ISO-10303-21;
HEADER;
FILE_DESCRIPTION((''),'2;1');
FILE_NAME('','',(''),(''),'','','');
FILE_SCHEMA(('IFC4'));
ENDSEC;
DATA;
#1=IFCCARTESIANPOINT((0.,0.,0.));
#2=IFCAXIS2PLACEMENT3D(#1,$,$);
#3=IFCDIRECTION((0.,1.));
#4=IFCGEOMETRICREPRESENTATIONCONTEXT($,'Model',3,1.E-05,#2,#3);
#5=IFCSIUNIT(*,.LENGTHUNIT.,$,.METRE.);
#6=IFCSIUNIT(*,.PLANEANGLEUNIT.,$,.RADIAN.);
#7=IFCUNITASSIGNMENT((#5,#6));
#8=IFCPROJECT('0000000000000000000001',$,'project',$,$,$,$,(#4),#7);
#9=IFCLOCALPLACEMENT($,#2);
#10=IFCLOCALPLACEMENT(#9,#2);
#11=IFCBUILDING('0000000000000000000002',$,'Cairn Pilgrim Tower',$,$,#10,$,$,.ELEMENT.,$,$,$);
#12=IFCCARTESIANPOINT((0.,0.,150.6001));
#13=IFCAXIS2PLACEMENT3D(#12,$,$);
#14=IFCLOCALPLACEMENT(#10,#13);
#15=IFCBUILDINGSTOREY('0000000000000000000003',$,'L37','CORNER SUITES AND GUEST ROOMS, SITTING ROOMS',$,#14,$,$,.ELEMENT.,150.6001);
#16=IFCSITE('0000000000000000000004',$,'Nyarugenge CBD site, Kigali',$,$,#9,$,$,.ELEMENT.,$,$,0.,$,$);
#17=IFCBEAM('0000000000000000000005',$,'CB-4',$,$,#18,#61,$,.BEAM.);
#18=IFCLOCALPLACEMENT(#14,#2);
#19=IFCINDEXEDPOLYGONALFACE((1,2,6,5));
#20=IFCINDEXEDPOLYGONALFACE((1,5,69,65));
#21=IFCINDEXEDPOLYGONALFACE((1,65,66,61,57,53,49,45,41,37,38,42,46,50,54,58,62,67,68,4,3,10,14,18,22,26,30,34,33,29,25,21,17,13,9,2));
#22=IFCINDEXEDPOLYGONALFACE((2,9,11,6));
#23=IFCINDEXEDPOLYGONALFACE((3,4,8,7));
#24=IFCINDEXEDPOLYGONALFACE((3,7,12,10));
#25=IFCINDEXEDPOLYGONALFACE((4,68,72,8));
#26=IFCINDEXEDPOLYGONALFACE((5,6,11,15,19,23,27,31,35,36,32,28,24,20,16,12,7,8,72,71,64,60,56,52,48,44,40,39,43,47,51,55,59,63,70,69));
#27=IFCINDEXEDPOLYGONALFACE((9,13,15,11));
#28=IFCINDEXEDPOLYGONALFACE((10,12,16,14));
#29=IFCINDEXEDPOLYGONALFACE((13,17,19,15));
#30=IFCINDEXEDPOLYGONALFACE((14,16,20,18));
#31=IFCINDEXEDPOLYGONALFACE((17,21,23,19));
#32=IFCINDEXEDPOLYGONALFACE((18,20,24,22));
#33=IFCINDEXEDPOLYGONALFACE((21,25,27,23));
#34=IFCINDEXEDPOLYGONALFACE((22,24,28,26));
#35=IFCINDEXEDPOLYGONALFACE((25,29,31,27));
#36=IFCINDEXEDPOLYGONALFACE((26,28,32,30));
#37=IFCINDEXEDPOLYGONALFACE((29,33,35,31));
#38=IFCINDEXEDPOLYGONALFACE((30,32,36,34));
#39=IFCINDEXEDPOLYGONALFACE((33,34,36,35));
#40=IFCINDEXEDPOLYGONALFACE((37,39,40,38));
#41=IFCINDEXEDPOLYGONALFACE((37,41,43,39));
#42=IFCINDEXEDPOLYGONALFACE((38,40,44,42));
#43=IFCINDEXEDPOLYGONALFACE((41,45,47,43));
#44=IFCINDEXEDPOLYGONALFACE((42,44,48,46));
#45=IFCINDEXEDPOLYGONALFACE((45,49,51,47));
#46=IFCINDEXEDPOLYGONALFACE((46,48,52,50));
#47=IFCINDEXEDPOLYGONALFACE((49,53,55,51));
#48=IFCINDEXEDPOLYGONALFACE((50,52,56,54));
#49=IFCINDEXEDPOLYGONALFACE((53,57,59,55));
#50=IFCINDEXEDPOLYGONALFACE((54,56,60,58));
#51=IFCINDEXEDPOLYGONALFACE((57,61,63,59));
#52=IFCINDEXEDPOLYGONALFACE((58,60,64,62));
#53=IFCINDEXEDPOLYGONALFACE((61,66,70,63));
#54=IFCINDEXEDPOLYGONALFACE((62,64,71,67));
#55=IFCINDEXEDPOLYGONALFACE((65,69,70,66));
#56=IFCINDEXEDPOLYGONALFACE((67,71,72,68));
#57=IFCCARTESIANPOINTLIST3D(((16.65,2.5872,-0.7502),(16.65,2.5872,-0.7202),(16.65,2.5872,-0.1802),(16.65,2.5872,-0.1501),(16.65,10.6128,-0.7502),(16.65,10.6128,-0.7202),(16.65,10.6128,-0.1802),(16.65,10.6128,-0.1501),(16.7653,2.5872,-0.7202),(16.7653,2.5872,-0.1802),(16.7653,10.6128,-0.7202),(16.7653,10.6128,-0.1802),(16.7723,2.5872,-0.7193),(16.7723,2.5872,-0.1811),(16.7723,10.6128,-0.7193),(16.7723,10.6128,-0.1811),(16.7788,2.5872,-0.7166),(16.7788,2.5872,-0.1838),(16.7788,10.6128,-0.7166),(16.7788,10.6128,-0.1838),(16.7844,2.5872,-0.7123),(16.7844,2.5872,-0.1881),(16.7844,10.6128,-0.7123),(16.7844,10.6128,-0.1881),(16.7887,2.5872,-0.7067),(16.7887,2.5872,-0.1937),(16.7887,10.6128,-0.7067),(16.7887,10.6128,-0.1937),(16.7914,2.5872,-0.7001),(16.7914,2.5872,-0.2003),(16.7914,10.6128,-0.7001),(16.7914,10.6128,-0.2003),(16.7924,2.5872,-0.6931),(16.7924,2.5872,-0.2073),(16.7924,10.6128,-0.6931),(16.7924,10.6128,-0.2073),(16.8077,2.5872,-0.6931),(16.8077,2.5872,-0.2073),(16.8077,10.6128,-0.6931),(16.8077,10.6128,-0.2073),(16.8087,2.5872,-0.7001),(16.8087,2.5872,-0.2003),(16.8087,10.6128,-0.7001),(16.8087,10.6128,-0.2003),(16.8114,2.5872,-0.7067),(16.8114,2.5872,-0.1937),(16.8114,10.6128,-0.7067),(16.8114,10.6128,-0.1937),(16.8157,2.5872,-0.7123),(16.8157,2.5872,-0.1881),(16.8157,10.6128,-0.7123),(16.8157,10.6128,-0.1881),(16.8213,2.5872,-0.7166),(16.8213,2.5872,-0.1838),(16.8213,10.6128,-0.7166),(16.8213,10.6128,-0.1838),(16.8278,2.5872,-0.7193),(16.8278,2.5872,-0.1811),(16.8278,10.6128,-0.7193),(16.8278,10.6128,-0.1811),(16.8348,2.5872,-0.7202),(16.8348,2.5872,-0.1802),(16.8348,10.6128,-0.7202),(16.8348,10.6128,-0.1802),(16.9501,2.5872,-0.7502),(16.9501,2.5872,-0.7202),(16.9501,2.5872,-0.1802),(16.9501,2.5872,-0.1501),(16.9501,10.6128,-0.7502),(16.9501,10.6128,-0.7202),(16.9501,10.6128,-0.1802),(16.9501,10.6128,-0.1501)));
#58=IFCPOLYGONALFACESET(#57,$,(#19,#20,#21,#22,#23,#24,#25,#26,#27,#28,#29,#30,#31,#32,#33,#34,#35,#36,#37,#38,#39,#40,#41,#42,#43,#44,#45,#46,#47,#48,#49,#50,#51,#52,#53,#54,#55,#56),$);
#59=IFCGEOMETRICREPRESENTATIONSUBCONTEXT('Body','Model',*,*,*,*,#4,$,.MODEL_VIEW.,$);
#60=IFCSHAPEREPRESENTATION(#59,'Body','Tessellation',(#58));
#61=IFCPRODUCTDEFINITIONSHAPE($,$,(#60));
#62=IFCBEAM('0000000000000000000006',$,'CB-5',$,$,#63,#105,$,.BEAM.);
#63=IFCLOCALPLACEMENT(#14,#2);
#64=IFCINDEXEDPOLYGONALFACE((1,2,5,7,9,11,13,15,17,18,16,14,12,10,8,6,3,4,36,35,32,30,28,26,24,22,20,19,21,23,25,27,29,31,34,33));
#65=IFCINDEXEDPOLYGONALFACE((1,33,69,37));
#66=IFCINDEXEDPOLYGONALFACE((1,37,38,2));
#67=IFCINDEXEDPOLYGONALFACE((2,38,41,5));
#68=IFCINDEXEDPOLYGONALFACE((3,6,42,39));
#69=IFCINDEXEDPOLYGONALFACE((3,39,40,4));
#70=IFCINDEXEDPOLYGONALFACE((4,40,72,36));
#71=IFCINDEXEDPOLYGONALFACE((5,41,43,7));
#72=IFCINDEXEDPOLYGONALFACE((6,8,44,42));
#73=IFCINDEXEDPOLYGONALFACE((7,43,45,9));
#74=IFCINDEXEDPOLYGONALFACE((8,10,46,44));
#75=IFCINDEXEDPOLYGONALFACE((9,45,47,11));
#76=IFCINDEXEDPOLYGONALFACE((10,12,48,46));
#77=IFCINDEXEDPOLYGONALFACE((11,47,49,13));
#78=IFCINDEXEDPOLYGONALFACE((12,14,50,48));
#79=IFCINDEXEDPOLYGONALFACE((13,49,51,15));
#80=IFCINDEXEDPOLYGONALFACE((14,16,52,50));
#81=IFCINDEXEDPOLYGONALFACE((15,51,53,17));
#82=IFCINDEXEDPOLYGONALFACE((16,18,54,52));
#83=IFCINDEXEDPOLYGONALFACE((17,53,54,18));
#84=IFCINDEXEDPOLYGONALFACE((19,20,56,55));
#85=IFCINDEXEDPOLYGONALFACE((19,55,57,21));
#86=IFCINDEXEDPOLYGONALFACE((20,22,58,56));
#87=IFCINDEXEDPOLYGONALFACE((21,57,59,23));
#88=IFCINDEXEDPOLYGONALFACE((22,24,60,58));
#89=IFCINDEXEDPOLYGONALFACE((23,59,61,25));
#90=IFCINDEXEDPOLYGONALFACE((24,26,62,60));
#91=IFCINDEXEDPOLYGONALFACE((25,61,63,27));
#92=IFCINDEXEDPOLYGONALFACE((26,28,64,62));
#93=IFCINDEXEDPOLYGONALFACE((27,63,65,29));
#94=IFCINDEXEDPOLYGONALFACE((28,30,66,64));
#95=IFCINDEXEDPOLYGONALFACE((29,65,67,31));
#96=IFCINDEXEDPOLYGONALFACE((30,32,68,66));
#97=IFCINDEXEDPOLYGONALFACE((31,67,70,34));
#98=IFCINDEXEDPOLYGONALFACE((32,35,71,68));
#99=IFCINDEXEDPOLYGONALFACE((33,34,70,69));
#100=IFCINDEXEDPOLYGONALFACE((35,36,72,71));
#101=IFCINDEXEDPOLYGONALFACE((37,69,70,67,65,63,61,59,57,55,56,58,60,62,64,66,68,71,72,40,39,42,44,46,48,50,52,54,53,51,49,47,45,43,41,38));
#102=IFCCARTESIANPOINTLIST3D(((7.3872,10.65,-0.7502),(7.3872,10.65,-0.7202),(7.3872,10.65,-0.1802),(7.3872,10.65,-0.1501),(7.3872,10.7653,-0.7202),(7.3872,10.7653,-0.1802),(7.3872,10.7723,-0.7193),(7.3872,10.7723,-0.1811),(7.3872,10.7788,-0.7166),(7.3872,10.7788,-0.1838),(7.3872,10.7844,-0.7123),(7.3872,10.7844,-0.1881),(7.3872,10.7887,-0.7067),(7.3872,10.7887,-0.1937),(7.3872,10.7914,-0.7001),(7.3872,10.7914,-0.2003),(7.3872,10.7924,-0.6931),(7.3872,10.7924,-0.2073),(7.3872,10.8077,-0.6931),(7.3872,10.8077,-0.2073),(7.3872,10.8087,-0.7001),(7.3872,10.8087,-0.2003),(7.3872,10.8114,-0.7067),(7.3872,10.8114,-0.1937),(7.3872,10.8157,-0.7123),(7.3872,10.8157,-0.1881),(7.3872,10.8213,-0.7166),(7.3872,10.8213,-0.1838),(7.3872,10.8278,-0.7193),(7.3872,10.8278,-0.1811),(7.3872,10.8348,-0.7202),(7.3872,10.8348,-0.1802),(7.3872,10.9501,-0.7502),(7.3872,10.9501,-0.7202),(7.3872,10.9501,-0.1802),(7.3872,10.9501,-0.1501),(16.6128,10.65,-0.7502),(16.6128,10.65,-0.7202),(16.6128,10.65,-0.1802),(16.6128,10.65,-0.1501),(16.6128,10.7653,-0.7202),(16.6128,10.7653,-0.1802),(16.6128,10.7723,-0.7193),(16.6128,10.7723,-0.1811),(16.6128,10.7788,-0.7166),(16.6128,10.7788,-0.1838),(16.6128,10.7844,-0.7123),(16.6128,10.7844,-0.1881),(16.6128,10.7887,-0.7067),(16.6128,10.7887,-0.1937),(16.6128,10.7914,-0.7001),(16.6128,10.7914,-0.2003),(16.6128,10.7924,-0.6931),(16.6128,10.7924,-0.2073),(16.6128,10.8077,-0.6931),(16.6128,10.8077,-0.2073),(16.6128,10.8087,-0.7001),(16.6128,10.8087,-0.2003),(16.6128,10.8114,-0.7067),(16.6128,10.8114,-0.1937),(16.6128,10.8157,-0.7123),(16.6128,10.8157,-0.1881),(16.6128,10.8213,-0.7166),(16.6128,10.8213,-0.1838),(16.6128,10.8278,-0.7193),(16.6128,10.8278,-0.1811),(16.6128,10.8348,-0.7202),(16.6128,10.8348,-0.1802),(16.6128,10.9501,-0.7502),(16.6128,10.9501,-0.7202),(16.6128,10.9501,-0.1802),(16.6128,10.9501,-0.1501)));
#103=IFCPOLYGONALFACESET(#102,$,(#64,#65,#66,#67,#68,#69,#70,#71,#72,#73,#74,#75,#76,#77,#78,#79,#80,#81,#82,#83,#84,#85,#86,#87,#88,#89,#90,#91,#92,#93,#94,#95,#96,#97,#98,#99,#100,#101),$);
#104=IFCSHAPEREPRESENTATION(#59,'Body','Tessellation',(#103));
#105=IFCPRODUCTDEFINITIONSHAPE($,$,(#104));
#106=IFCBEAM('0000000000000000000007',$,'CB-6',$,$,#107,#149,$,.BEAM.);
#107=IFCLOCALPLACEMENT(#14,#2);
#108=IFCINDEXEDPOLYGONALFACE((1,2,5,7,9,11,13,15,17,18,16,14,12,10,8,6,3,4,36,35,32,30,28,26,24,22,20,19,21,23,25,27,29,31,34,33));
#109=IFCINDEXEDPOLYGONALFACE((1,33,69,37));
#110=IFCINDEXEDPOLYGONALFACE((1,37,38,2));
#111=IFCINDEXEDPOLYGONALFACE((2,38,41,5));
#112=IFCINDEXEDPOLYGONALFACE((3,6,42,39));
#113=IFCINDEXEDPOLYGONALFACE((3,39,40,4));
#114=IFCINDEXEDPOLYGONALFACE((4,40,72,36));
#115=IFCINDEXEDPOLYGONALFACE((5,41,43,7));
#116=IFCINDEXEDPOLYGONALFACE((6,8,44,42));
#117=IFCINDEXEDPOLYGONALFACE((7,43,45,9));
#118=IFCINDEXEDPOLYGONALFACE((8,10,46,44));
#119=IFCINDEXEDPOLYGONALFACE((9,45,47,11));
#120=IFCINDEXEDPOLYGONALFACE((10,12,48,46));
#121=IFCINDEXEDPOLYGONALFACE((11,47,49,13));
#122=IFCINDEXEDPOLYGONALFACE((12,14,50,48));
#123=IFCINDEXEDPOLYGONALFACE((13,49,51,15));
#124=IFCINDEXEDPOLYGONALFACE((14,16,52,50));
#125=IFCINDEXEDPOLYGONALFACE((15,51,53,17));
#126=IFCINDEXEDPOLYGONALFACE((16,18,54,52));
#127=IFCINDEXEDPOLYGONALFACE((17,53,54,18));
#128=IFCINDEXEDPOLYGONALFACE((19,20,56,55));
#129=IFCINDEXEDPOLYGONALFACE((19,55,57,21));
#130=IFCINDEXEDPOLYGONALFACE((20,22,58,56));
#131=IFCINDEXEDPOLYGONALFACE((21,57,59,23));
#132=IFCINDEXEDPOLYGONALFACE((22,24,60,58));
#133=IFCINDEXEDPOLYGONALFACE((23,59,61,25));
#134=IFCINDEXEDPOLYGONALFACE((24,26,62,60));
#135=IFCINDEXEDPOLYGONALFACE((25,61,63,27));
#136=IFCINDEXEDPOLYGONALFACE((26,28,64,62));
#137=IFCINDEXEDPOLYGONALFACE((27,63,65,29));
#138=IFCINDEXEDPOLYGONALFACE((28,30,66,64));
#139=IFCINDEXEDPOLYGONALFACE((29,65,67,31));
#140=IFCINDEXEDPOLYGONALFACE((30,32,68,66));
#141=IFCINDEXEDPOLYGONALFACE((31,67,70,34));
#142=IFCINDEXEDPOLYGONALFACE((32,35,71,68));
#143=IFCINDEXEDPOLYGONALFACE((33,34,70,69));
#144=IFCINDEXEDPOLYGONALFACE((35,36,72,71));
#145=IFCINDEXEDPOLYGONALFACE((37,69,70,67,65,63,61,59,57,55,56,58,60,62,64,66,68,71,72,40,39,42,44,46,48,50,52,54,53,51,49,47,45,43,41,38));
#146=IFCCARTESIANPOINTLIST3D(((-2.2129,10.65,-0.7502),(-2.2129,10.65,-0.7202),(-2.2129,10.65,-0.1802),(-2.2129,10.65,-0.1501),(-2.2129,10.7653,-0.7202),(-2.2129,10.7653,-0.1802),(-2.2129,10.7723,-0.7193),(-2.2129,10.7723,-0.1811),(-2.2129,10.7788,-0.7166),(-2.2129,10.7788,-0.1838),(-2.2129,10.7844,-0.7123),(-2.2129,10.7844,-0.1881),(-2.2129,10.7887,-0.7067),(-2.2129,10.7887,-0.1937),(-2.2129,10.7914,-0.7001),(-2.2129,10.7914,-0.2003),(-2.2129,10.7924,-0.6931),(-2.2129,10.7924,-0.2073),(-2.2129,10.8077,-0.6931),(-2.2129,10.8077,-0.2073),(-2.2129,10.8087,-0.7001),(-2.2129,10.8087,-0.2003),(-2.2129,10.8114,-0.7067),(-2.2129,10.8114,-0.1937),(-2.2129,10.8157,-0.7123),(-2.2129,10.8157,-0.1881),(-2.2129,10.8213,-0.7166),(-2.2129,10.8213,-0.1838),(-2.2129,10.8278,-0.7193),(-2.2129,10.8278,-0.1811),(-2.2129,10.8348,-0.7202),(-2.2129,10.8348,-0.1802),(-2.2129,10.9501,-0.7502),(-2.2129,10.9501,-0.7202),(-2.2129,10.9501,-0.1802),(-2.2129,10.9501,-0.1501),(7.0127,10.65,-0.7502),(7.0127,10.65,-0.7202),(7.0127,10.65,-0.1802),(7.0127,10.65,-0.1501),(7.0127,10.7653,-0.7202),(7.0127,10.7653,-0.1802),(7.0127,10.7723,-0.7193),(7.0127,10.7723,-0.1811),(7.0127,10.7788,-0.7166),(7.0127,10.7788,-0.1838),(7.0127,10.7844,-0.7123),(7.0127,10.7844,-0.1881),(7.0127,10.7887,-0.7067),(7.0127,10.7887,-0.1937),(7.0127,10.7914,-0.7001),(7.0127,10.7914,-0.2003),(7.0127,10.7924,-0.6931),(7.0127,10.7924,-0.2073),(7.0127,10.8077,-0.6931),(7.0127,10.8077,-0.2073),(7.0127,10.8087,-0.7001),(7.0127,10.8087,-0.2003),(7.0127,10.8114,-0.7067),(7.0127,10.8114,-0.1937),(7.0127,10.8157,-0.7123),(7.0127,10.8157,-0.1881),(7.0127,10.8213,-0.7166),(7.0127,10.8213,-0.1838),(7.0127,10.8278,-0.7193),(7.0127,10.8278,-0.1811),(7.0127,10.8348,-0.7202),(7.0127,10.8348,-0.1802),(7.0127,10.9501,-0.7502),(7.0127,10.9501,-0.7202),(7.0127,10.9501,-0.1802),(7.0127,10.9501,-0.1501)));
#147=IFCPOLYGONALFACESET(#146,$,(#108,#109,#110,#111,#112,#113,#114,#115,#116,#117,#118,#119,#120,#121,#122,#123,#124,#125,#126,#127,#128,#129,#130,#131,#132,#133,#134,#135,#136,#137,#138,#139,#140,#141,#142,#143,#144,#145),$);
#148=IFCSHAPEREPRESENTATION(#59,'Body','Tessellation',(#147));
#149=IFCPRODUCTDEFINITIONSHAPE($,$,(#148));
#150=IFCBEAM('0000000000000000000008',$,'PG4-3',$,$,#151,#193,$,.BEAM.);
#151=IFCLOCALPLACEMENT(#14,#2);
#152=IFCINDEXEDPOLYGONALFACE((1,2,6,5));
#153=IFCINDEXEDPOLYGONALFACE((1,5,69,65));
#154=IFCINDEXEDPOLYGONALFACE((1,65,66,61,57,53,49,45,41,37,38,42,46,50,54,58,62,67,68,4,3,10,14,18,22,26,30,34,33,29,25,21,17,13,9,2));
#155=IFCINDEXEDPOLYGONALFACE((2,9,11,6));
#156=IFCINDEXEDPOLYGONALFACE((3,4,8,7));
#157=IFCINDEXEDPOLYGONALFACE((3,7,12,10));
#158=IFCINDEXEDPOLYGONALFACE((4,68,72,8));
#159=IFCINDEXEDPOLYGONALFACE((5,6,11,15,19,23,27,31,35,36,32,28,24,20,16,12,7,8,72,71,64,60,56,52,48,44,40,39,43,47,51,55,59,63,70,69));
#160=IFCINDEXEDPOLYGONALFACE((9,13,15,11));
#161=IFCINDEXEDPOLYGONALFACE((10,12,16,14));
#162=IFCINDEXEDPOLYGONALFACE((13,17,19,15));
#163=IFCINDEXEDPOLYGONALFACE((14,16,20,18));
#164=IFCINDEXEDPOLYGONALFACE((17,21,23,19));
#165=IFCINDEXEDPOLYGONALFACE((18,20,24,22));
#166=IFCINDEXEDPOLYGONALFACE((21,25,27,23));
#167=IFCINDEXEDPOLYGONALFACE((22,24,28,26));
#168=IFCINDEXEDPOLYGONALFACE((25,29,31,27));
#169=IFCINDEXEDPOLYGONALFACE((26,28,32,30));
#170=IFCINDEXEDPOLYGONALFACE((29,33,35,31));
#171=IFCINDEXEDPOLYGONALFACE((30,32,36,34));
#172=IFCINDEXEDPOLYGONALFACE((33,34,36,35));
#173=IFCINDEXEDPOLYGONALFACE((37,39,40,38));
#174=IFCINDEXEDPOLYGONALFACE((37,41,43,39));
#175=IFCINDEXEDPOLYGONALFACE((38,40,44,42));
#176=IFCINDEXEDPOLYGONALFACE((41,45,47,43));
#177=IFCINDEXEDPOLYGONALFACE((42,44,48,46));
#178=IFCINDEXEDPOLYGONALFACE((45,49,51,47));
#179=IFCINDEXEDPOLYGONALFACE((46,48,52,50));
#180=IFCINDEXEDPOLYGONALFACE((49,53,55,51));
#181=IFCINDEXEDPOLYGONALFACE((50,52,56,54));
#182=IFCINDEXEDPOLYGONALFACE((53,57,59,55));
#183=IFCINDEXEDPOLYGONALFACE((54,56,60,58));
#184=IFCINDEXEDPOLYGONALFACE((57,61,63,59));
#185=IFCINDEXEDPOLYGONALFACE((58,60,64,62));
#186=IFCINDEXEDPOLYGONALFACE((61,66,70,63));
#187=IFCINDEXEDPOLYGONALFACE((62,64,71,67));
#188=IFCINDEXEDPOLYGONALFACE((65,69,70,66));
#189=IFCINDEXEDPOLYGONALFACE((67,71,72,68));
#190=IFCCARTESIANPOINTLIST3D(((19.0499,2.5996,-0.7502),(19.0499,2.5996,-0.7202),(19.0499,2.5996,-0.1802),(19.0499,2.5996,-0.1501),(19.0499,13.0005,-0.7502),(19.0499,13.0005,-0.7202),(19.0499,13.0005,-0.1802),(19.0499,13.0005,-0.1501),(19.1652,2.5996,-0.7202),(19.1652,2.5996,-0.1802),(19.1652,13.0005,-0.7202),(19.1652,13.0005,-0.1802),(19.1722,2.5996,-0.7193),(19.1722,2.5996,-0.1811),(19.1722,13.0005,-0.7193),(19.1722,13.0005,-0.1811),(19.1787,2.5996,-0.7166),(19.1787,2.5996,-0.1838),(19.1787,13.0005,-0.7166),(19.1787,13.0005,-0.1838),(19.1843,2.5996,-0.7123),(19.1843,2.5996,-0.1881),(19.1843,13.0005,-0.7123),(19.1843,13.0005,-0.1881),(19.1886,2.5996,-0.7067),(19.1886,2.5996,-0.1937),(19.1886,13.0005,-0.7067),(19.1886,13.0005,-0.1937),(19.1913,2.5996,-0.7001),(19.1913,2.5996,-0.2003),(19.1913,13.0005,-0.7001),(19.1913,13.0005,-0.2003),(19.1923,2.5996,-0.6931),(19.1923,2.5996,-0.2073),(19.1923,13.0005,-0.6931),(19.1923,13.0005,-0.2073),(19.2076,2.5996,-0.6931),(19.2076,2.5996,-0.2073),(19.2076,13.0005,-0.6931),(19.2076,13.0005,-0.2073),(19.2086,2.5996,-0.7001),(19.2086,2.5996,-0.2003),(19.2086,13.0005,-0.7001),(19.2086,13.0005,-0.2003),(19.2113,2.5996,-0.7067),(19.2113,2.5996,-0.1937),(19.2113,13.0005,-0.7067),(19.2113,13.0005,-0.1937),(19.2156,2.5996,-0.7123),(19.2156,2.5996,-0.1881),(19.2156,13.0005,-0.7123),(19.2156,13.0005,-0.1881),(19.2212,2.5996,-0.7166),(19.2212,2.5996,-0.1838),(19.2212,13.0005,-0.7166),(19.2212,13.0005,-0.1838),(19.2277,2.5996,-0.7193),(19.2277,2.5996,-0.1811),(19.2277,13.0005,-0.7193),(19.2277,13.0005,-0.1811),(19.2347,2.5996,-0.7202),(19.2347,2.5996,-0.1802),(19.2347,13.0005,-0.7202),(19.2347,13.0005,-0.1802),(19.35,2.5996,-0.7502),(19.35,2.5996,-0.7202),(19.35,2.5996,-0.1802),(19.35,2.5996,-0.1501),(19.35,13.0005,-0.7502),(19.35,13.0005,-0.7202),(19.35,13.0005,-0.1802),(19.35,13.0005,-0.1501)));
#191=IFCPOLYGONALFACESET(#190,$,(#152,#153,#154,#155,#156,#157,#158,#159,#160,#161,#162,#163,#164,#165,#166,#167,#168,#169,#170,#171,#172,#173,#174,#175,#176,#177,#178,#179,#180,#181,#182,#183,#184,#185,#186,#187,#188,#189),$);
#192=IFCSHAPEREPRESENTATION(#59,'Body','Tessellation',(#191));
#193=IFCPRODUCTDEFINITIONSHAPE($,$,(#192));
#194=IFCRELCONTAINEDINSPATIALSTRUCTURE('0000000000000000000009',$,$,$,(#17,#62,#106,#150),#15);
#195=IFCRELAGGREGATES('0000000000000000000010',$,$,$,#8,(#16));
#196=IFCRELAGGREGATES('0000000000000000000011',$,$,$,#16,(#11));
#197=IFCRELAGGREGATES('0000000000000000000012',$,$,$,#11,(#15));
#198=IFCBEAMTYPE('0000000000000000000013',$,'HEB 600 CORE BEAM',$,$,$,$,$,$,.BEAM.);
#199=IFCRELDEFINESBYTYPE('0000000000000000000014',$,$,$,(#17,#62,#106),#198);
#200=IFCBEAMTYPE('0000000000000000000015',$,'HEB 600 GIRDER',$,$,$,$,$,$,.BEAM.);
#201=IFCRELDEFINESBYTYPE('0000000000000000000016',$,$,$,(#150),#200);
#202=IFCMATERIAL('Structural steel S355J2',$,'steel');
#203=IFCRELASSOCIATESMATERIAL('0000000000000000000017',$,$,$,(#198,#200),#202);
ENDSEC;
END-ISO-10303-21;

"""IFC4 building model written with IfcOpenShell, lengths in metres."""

from ifc_helpers import new_model, si_unit, direction, frame, origin, origin_2d, place, context, subcontext, project, spatial, i_section, extrude, material, material_profile, profile_set, type_object, element, save


model = new_model("IFC4")

# Units and contexts
model_context = context("Model", 3, precision=1e-05, world=origin(), true_north=direction((0.0, 1.0)))
body_context = subcontext(model_context, "Body", "Model", "MODEL_VIEW")
ifc_project = project(units=[si_unit("LENGTHUNIT", "METRE"), si_unit("PLANEANGLEUNIT", "RADIAN")], contexts=[model_context])

# Site, building, storey
site_placement = place(None, origin())
site = spatial("IfcSite", under=ifc_project, at=site_placement, Name="Nyarugenge CBD site, Kigali", CompositionType="ELEMENT", RefElevation=0.0)
building_placement = place(site_placement, origin())
building = spatial("IfcBuilding", under=site, at=building_placement, Name="Cairn Pilgrim Tower", CompositionType="ELEMENT")
storey_placement = place(building_placement, frame((0.0, 0.0, 150.6001)))
storey = spatial("IfcBuildingStorey", under=building, at=storey_placement, Name="L37", Description="CORNER SUITES AND GUEST ROOMS, SITTING ROOMS", CompositionType="ELEMENT", Elevation=150.6001)

# Shared definitions
ifc_material_1 = material(Name="Structural steel S355J2", Category="steel")

# Beams
ifc_material_profile_1 = material_profile(ifc_material_1, i_section(OverallWidth=0.3, OverallDepth=0.6001, WebThickness=0.0154, FlangeThickness=0.03, FilletRadius=0.0271, at=origin_2d()), Name="HEB 600")
ifc_profile_set_1 = profile_set([ifc_material_profile_1], Name="Structural steel S355J2")
beam_type_1 = type_object("IfcBeamType", Name="HEB 600 CORE BEAM", PredefinedType="BEAM", material=ifc_profile_set_1)
beam_1_placement = place(storey_placement, frame((16.8, 2.5872, -0.4502), z_axis=(0.0, 1.0, 0.0), x_axis=(-1.0, 0.0, 0.0)))
element("IfcBeam", 1, at=beam_1_placement, inside=storey, type_object=beam_type_1, Name="CB-4", PredefinedType="BEAM", context=body_context, shape_type="SweptSolid", body=[
    extrude(i_section(OverallWidth=0.3, OverallDepth=0.6001, WebThickness=0.0154, FlangeThickness=0.03, FilletRadius=0.0271, at=origin_2d()), origin(), (0.0, 0.0, 1.0), 8.0256),
])
for number, where, z_axis, x_axis, name in (
    (2, (16.6128, 10.8, -0.4502), (-1.0, 0.0, 0.0), (0.0, -1.0, 0.0), "CB-5"),
    (3, (7.0127, 10.8, -0.4502), (-1.0, 0.0, 0.0), (0.0, -1.0, 0.0), "CB-6"),
):
    element("IfcBeam", number, at=place(storey_placement, frame(where, z_axis=z_axis, x_axis=x_axis)), inside=storey, type_object=beam_type_1, Name=name, PredefinedType="BEAM", context=body_context, shape_type="SweptSolid", body=[
        extrude(i_section(OverallWidth=0.3, OverallDepth=0.6001, WebThickness=0.0154, FlangeThickness=0.03, FilletRadius=0.0271, at=origin_2d()), origin(), (0.0, 0.0, 1.0), 9.2256),
    ])
ifc_material_profile_2 = material_profile(ifc_material_1, i_section(OverallWidth=0.3, OverallDepth=0.6001, WebThickness=0.0154, FlangeThickness=0.03, FilletRadius=0.0271, at=origin_2d()), Name="HEB 600")
ifc_profile_set_2 = profile_set([ifc_material_profile_2], Name="Structural steel S355J2")
beam_type_2 = type_object("IfcBeamType", Name="HEB 600 GIRDER", PredefinedType="BEAM", material=ifc_profile_set_2)
beam_2_placement = place(storey_placement, frame((19.2, 2.5996, -0.4502), z_axis=(0.0, 1.0, 0.0), x_axis=(-1.0, 0.0, 0.0)))
element("IfcBeam", 4, at=beam_2_placement, inside=storey, type_object=beam_type_2, Name="PG4-3", PredefinedType="BEAM", context=body_context, shape_type="SweptSolid", body=[
    extrude(i_section(OverallWidth=0.3, OverallDepth=0.6001, WebThickness=0.0154, FlangeThickness=0.03, FilletRadius=0.0271, at=origin_2d()), origin(), (0.0, 0.0, 1.0), 10.4009),
])

save(model, "model.ifc")
